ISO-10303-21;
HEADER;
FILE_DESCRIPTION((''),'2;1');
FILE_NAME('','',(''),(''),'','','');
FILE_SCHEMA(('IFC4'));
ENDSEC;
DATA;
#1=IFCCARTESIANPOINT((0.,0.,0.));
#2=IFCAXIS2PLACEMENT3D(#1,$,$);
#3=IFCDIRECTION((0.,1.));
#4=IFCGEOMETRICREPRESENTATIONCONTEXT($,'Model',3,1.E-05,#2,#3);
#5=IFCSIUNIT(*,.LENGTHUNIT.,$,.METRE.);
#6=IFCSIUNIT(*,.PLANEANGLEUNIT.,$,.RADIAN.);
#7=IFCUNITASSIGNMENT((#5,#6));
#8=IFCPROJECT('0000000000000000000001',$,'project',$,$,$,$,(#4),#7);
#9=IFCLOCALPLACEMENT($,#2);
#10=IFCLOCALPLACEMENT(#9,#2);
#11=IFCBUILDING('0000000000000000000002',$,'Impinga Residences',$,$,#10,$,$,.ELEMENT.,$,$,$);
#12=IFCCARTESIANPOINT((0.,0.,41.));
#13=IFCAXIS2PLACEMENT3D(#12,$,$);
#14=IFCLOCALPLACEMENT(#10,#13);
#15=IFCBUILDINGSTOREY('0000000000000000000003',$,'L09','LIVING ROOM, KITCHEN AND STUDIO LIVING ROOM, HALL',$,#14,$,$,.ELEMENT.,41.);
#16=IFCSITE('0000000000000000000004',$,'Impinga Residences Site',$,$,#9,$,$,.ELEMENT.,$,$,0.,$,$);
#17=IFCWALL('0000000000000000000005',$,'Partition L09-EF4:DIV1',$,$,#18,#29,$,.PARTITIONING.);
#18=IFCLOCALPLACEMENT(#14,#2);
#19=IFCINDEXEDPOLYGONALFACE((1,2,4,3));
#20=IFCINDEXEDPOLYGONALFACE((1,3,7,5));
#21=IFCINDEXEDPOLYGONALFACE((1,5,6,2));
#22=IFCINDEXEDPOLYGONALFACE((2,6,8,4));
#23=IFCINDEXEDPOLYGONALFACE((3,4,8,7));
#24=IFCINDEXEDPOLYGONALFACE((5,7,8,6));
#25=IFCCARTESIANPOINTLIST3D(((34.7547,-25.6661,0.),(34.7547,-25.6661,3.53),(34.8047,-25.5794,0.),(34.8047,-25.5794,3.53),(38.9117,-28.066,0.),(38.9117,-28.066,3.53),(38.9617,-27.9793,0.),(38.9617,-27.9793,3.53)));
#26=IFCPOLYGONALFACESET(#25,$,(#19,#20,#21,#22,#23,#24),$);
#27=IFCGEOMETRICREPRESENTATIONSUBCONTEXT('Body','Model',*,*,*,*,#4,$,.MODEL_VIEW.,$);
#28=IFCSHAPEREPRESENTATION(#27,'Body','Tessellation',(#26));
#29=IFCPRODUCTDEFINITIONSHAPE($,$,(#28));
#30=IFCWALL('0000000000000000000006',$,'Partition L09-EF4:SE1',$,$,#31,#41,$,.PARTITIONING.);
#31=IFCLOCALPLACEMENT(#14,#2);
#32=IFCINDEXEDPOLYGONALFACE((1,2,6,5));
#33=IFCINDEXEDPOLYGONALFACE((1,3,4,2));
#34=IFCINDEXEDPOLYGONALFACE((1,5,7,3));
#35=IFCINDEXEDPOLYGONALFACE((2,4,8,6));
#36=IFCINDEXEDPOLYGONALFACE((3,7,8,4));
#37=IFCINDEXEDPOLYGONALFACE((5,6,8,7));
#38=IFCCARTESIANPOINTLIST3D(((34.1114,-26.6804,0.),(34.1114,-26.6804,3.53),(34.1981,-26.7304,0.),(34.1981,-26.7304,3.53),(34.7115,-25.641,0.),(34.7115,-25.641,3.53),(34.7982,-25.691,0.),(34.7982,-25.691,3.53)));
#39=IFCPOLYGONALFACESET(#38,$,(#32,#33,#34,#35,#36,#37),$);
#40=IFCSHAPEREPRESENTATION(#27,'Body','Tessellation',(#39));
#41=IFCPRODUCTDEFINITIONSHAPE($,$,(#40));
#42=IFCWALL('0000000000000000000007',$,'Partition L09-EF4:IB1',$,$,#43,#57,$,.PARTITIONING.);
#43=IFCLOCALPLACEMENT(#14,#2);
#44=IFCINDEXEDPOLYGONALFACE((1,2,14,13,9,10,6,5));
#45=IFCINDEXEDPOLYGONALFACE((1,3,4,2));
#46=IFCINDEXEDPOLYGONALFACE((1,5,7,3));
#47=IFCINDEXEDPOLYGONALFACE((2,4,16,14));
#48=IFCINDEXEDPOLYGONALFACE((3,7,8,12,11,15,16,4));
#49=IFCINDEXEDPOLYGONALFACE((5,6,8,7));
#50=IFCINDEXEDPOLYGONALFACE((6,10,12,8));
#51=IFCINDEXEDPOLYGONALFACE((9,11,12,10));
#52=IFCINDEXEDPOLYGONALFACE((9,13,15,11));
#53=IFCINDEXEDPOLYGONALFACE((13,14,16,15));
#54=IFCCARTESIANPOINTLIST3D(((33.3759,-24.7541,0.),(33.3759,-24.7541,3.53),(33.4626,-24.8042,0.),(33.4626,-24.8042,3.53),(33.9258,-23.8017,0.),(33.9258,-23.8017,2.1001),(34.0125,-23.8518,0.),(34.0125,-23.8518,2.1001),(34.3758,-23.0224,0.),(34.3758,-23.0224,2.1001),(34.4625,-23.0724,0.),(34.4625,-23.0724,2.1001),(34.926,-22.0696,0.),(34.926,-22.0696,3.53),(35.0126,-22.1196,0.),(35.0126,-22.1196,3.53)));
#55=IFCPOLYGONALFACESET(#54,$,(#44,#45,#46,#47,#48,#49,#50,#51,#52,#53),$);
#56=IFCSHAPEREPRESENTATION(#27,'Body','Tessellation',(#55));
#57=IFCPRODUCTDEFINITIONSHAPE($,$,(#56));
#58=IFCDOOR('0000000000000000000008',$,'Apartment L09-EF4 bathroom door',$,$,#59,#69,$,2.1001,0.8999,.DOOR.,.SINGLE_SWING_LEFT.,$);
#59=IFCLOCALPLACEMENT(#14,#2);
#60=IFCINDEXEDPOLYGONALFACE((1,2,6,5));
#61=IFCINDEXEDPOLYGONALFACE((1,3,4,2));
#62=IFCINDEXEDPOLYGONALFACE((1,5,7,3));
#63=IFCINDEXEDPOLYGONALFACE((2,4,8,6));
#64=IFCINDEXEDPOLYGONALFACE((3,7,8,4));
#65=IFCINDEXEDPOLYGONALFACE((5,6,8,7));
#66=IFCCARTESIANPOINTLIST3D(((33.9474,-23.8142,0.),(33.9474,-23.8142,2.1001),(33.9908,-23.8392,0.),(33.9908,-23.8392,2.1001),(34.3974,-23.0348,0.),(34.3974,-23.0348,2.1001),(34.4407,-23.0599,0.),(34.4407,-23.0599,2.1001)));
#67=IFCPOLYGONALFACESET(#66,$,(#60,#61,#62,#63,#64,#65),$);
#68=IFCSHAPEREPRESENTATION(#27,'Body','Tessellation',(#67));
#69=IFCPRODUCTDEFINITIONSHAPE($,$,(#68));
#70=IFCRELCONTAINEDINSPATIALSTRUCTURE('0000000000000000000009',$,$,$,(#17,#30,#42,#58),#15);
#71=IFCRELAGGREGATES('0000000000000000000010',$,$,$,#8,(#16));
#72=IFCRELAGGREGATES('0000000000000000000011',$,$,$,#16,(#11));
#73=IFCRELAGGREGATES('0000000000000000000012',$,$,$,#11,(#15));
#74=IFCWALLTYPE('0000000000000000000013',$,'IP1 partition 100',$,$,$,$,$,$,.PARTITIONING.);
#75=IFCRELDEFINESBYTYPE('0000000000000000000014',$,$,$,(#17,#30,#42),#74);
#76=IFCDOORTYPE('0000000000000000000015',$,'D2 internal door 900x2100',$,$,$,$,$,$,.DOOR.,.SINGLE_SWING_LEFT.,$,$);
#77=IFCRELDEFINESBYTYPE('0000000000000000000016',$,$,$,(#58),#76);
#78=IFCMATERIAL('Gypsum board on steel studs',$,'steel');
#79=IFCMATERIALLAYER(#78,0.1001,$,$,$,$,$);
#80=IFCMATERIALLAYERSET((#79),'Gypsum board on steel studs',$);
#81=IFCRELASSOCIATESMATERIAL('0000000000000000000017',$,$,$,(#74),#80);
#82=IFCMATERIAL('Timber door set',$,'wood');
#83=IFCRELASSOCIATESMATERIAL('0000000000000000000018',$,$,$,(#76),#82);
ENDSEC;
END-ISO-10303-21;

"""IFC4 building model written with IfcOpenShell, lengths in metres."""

from ifc_helpers import new_model, si_unit, direction, frame, frame_2d, origin, place, context, subcontext, project, spatial, rectangle, extrude, material, layer, layer_set, type_object, element, fill, save


model = new_model("IFC4")

# Units and contexts
model_context = context("Model", 3, precision=1e-05, world=origin(), true_north=direction((0.0, 1.0)))
body_context = subcontext(model_context, "Body", "Model", "MODEL_VIEW")
ifc_project = project(units=[si_unit("LENGTHUNIT", "METRE"), si_unit("PLANEANGLEUNIT", "RADIAN")], contexts=[model_context])

# Site, building, storey
site_placement = place(None, origin())
site = spatial("IfcSite", under=ifc_project, at=site_placement, Name="Impinga Residences Site", CompositionType="ELEMENT", RefElevation=0.0)
building_placement = place(site_placement, origin())
building = spatial("IfcBuilding", under=site, at=building_placement, Name="Impinga Residences", CompositionType="ELEMENT")
storey_placement = place(building_placement, frame((0.0, 0.0, 41.0)))
storey = spatial("IfcBuildingStorey", under=building, at=storey_placement, Name="L09", Description="LIVING ROOM, KITCHEN AND STUDIO LIVING ROOM, HALL", CompositionType="ELEMENT", Elevation=41.0)

# Shared definitions
ifc_material_1 = material(Name="Gypsum board on steel studs", Category="steel")
ifc_layer_1 = layer(ifc_material_1, 0.1001)
ifc_layer_set_1 = layer_set([ifc_layer_1], Name="Gypsum board on steel studs")
wall_type_1 = type_object("IfcWallType", Name="IP1 partition 100", PredefinedType="PARTITIONING", material=ifc_layer_set_1)
ifc_material_2 = material(Name="Timber door set", Category="wood")
door_type = type_object("IfcDoorType", Name="D2 internal door 900x2100", OperationType="SINGLE_SWING_LEFT", PredefinedType="DOOR", material=ifc_material_2)

# Walls
wall_1_placement = place(storey_placement, frame((34.7798, -25.6228, 0.0), z_axis=(0.0, 0.0, 1.0), x_axis=(0.866037, -0.499979, 0.0)))
element("IfcWall", 1, at=wall_1_placement, inside=storey, type_object=wall_type_1, Name="Partition L09-EF4:DIV1", PredefinedType="PARTITIONING", context=body_context, shape_type="SweptSolid", body=[
    extrude(rectangle(XDim=4.8, YDim=0.1001, at=frame_2d((2.3999, 0.0))), origin(), (0.0, 0.0, 1.0), 3.53),
])
wall_2_placement = place(storey_placement, frame((34.7549, -25.666, 0.0), z_axis=(0.0, 0.0, 1.0), x_axis=(-0.500034, -0.866006, 0.0)))
element("IfcWall", 2, at=wall_2_placement, inside=storey, type_object=wall_type_1, Name="Partition L09-EF4:SE1", PredefinedType="PARTITIONING", context=body_context, shape_type="SweptSolid", body=[
    extrude(rectangle(XDim=1.2002, YDim=0.1001, at=frame_2d((0.6001, 0.0))), origin(), (0.0, 0.0, 1.0), 3.53),
])

# Wall, opening, door
wall_3_placement = place(storey_placement, frame((34.9692, -22.0947, 0.0), z_axis=(0.0, 0.0, 1.0), x_axis=(-0.500027, -0.86601, 0.0)))
wall_3 = element("IfcWall", 3, at=wall_3_placement, inside=storey, type_object=wall_type_1, Name="Partition L09-EF4:IB1", PredefinedType="PARTITIONING", context=body_context, shape_type="SweptSolid", body=[
    extrude(rectangle(XDim=3.0999, YDim=0.1001, at=frame_2d((1.5498, 0.0))), origin(), (0.0, 0.0, 1.0), 3.53),
])
opening_1_placement = place(wall_3_placement, frame((1.1001, 0.0, 0.0)))
opening_1 = element("IfcOpeningElement", 4, at=opening_1_placement, cuts=wall_3, PredefinedType="OPENING", context=body_context, shape_type="SweptSolid", body=[
    extrude(rectangle(XDim=0.8999, YDim=2.1001, at=frame_2d((0.45, 1.05))), frame((0.0, 0.0601, 0.0), z_axis=(0.0, -1.0, 0.0), x_axis=(1.0, 0.0, 0.0)), (0.0, 0.0, 1.0), 0.1201),
])
door_1_placement = place(opening_1_placement, origin())
door_1 = element("IfcDoor", 5, at=door_1_placement, inside=storey, type_object=door_type, Name="Apartment L09-EF4 bathroom door", OperationType="SINGLE_SWING_LEFT", OverallHeight=2.1001, OverallWidth=0.8999, PredefinedType="DOOR", context=body_context, shape_type="SweptSolid", body=[
    extrude(rectangle(XDim=0.8999, YDim=2.1001, at=frame_2d((0.45, 1.05))), frame((0.0, 0.0249, 0.0), z_axis=(0.0, -1.0, 0.0), x_axis=(1.0, 0.0, 0.0)), (0.0, 0.0, 1.0), 0.05),
])
fill(opening_1, door_1)

save(model, "model.ifc")
